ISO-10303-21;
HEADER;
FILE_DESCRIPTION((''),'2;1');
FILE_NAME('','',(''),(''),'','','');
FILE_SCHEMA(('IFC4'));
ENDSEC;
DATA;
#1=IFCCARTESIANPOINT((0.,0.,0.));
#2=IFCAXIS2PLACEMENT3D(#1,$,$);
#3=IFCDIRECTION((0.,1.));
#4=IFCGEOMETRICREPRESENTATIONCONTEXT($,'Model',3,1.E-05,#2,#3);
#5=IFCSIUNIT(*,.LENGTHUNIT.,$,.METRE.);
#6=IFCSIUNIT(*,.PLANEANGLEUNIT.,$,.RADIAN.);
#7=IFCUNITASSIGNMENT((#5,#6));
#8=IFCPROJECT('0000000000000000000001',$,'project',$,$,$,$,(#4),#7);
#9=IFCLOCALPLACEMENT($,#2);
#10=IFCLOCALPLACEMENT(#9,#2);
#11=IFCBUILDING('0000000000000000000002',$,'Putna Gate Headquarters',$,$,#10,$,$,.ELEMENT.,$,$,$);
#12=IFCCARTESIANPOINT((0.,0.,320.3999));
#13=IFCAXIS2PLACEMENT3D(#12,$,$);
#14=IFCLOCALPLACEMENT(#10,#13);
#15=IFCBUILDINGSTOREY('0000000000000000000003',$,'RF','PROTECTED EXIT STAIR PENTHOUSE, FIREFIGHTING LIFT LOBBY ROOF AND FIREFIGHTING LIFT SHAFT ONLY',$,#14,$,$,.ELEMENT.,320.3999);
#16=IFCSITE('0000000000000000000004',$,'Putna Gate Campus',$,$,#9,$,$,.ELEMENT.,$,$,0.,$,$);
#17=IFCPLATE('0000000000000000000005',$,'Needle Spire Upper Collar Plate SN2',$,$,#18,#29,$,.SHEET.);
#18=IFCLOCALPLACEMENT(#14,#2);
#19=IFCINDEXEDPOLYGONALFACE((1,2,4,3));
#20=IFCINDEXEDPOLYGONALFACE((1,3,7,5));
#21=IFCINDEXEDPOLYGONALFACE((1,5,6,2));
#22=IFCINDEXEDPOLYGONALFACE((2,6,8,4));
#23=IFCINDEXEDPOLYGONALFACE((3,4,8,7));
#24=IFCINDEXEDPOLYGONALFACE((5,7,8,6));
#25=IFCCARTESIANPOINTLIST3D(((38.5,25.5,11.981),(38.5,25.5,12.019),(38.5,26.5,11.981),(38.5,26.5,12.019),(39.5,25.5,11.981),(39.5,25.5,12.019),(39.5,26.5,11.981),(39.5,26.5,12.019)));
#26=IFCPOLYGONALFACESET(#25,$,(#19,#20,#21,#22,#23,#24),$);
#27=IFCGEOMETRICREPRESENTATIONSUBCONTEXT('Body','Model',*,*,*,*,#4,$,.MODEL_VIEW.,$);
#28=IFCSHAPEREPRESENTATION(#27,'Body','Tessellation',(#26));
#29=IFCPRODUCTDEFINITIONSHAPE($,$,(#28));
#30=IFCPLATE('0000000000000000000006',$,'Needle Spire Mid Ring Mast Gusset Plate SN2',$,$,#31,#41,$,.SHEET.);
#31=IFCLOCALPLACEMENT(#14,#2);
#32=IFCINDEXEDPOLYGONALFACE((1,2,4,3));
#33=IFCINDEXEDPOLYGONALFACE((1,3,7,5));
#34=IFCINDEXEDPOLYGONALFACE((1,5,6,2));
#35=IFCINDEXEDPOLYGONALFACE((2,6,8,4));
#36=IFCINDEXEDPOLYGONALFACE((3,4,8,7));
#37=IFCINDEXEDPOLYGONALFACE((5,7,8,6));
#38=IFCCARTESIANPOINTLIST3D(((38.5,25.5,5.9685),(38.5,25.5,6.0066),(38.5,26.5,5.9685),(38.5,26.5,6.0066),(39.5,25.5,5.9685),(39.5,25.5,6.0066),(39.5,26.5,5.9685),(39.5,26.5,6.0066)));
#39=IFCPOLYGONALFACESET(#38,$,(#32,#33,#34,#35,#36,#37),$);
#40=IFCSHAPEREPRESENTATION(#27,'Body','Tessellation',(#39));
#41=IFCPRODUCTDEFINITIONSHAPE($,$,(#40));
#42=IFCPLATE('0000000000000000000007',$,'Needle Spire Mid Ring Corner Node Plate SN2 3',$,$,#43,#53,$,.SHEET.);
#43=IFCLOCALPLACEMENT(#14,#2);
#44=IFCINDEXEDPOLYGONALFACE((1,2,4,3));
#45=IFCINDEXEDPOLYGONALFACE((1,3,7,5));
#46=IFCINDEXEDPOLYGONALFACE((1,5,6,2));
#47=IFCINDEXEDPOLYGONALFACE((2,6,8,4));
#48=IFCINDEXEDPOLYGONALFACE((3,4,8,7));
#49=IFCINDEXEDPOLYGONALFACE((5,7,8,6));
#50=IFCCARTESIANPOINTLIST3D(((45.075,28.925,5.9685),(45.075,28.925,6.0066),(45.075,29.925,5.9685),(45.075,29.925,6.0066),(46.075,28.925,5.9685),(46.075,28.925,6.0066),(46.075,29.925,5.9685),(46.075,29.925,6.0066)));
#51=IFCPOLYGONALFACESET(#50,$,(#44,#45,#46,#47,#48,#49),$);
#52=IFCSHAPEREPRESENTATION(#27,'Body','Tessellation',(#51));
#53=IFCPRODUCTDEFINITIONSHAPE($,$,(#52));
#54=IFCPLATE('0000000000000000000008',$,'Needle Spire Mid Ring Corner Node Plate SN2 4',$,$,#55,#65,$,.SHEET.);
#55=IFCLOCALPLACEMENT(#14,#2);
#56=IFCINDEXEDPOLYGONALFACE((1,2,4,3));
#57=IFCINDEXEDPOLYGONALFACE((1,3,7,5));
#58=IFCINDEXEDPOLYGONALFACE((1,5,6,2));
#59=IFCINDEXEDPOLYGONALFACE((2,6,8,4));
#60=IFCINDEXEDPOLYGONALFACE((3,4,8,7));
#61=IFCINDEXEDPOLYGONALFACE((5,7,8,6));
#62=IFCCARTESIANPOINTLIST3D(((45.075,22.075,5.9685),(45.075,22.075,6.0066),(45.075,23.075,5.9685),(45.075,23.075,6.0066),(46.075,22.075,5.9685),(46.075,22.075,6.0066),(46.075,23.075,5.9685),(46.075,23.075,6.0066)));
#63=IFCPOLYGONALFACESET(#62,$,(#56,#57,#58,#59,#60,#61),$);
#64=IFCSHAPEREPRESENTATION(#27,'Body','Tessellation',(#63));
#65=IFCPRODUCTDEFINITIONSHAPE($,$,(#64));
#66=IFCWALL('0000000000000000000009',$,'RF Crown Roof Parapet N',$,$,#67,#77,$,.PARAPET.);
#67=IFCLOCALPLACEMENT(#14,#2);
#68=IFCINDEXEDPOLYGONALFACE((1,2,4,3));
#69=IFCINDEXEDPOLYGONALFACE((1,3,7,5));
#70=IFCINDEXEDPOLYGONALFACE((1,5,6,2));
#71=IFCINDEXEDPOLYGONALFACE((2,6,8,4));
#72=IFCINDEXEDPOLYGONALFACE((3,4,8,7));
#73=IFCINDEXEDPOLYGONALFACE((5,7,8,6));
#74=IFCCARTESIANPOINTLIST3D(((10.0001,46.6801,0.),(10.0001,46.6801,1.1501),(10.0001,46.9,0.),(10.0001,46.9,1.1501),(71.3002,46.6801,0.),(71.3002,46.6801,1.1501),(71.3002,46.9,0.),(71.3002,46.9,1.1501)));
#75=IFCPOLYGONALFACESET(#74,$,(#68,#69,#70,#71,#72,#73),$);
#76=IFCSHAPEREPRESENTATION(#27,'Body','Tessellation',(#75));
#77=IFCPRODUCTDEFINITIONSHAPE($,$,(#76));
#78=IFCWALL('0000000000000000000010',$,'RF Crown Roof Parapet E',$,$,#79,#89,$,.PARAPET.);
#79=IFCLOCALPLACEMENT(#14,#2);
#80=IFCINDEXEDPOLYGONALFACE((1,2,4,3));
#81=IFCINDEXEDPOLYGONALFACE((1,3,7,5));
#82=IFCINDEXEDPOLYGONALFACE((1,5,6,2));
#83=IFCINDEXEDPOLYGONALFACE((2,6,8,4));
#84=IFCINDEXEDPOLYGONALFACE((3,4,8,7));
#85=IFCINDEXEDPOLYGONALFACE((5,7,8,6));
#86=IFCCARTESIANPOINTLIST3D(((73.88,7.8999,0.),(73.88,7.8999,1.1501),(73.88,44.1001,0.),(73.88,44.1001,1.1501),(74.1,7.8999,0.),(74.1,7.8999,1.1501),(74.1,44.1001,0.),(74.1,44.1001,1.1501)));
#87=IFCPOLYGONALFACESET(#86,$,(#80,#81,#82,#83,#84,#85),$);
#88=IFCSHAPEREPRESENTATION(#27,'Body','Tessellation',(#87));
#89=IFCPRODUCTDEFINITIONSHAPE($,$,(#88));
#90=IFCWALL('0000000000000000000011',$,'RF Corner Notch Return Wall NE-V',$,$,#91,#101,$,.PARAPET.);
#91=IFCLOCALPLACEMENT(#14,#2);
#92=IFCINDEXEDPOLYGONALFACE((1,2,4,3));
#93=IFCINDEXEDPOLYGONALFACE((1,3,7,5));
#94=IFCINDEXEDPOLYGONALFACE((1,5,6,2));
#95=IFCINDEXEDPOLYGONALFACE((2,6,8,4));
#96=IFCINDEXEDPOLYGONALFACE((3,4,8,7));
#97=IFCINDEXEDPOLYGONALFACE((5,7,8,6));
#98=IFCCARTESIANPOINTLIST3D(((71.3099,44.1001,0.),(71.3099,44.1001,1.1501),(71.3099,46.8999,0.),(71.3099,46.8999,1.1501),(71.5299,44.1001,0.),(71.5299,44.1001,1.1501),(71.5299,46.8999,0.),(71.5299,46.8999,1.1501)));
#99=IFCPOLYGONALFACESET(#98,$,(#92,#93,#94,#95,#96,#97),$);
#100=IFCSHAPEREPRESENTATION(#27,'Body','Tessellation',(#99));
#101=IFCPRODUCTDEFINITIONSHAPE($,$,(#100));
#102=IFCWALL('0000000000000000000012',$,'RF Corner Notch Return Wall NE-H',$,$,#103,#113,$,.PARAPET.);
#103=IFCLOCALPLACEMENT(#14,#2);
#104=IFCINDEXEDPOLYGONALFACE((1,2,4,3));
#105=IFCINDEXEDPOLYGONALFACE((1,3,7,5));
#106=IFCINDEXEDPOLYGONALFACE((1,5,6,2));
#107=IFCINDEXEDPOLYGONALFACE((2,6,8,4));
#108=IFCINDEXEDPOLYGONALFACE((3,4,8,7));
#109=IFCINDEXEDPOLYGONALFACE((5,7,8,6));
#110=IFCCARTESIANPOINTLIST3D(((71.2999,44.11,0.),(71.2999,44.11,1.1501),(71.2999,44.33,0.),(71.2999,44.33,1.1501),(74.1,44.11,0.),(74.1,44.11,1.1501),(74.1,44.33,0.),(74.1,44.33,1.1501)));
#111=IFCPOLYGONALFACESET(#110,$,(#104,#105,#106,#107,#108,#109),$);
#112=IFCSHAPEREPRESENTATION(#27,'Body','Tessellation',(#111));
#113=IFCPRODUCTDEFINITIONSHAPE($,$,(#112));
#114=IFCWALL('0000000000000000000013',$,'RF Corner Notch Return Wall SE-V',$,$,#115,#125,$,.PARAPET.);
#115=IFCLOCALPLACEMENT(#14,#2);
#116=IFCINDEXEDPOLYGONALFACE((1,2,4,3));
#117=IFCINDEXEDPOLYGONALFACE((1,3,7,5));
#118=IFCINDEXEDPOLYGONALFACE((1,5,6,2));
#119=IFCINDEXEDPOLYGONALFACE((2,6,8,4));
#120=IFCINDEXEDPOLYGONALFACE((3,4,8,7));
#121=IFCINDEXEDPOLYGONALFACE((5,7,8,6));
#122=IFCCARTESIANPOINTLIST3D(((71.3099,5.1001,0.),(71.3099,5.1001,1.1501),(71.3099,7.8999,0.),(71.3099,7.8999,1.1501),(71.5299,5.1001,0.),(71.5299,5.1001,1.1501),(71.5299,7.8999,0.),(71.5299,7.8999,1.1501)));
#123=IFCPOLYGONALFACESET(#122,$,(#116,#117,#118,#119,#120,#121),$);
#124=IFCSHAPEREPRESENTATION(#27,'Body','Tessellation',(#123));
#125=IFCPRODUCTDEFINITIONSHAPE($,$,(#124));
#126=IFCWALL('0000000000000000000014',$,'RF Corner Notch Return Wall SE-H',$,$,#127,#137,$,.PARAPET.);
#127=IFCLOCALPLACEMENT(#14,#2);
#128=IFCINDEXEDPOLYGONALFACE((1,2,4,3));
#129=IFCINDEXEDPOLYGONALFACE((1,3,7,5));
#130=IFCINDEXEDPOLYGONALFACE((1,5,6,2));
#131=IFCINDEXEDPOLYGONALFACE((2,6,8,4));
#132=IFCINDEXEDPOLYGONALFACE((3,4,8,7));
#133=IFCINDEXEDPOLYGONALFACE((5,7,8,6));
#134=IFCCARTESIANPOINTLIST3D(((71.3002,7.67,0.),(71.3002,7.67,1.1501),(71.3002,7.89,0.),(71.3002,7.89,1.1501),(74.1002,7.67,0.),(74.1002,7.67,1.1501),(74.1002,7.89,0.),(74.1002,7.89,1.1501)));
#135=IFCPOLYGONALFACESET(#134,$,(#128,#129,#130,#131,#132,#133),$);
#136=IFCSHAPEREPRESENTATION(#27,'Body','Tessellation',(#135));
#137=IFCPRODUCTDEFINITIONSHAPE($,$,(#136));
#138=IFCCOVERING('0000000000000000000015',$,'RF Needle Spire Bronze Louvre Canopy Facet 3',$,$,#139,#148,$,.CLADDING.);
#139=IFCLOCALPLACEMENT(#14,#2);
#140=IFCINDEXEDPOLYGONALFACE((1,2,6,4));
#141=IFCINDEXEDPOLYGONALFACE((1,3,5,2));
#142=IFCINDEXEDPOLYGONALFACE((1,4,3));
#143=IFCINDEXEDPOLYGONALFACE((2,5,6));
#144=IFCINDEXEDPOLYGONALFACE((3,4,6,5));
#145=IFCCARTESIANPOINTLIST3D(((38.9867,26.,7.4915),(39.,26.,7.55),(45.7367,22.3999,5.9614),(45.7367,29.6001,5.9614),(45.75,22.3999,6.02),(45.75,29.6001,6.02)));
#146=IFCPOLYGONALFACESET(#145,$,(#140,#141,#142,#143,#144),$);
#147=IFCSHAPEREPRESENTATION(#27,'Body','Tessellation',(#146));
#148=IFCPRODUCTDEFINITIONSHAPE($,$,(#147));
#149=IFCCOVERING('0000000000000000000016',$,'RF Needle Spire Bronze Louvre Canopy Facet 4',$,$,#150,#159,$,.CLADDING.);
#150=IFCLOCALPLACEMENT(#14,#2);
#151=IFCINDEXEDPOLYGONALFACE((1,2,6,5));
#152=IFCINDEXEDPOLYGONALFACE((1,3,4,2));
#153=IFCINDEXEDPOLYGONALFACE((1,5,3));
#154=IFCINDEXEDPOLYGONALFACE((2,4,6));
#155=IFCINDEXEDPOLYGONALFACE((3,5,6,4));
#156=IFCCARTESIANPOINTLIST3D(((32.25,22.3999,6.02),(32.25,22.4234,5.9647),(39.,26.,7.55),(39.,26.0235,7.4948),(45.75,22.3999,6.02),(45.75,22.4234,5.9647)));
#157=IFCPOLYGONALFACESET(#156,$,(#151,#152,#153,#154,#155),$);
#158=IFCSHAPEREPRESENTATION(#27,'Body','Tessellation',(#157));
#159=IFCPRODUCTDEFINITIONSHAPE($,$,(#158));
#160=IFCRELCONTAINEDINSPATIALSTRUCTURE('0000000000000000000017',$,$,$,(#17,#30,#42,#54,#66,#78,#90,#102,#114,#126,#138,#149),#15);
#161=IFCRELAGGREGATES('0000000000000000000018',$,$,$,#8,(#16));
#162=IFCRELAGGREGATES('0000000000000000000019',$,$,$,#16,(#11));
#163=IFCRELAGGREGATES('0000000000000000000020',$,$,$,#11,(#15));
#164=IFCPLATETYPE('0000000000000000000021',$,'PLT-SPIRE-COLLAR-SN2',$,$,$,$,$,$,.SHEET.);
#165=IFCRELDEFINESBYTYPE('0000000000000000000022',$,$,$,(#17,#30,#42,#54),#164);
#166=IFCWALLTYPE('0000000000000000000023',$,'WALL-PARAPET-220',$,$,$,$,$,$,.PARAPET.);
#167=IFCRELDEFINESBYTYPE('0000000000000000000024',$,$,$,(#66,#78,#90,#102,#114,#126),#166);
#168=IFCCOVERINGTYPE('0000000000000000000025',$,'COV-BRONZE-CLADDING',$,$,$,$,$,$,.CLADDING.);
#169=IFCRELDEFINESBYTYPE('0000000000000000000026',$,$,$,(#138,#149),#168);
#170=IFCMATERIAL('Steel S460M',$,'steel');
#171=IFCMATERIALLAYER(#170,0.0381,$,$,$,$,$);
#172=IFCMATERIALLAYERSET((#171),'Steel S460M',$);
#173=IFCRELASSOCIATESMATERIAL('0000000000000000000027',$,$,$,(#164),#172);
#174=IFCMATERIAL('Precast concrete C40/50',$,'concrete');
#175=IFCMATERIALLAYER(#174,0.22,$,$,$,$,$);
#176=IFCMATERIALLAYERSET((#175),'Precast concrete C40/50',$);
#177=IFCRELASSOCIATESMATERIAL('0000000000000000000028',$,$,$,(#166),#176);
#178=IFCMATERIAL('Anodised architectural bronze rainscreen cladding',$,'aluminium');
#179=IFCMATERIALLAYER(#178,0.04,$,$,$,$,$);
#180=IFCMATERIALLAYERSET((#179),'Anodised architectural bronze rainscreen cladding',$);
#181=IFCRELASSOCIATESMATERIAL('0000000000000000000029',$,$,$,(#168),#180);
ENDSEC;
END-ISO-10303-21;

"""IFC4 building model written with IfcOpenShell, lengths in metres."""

from ifc_helpers import new_model, si_unit, direction, frame, frame_2d, origin, origin_2d, place, context, subcontext, project, spatial, polyline, rectangle, outline, extrude, material, layer, layer_set, type_object, element, save


model = new_model("IFC4")

# Units and contexts
model_context = context("Model", 3, precision=1e-05, world=origin(), true_north=direction((0.0, 1.0)))
body_context = subcontext(model_context, "Body", "Model", "MODEL_VIEW")
ifc_project = project(units=[si_unit("LENGTHUNIT", "METRE"), si_unit("PLANEANGLEUNIT", "RADIAN")], contexts=[model_context])

# Site, building, storey
site_placement = place(None, origin())
site = spatial("IfcSite", under=ifc_project, at=site_placement, Name="Putna Gate Campus", CompositionType="ELEMENT", RefElevation=0.0)
building_placement = place(site_placement, origin())
building = spatial("IfcBuilding", under=site, at=building_placement, Name="Putna Gate Headquarters", CompositionType="ELEMENT")
storey_placement = place(building_placement, frame((0.0, 0.0, 320.3999)))
storey = spatial("IfcBuildingStorey", under=building, at=storey_placement, Name="RF", Description="PROTECTED EXIT STAIR PENTHOUSE, FIREFIGHTING LIFT LOBBY ROOF AND FIREFIGHTING LIFT SHAFT ONLY", CompositionType="ELEMENT", Elevation=320.3999)

# Shared definitions
ifc_material_1 = material(Name="Steel S460M", Category="steel")

# Plates
ifc_layer_1 = layer(ifc_material_1, 0.0381)
ifc_layer_set_1 = layer_set([ifc_layer_1], Name="Steel S460M")
plate_type_1 = type_object("IfcPlateType", Name="PLT-SPIRE-COLLAR-SN2", PredefinedType="SHEET", material=ifc_layer_set_1)
for number, where, z_axis, x_axis, name in (
    (1, (39.0, 26.0, 11.981), (0.0, 0.0, 1.0), (1.0, 0.0, 0.0), "Needle Spire Upper Collar Plate SN2"),
    (2, (39.0, 26.0, 5.9685), (0.0, 0.0, 1.0), (1.0, 0.0, 0.0), "Needle Spire Mid Ring Mast Gusset Plate SN2"),
    (3, (45.575, 29.425, 5.9685), (0.0, 0.0, 1.0), (1.0, 0.0, 0.0), "Needle Spire Mid Ring Corner Node Plate SN2 3"),
    (4, (45.575, 22.575, 5.9685), (0.0, 0.0, 1.0), (1.0, 0.0, 0.0), "Needle Spire Mid Ring Corner Node Plate SN2 4"),
):
    element("IfcPlate", number, at=place(storey_placement, frame(where, z_axis=z_axis, x_axis=x_axis)), inside=storey, type_object=plate_type_1, Name=name, PredefinedType="SHEET", context=body_context, shape_type="SweptSolid", body=[
        extrude(rectangle(XDim=1.0, YDim=1.0, at=origin_2d()), origin(), (0.0, 0.0, 1.0), 0.0381),
    ])

# Walls
ifc_material_2 = material(Name="Precast concrete C40/50", Category="concrete")
ifc_layer_2 = layer(ifc_material_2, 0.22)
ifc_layer_set_2 = layer_set([ifc_layer_2], Name="Precast concrete C40/50")
wall_type = type_object("IfcWallType", Name="WALL-PARAPET-220", PredefinedType="PARAPET", material=ifc_layer_set_2)
wall_1_placement = place(storey_placement, frame((71.3, 46.79, 0.0), z_axis=(0.0, 0.0, 1.0), x_axis=(-1.0, 0.0, 0.0)))
element("IfcWall", 5, at=wall_1_placement, inside=storey, type_object=wall_type, Name="RF Crown Roof Parapet N", PredefinedType="PARAPET", context=body_context, shape_type="SweptSolid", body=[
    extrude(rectangle(XDim=61.3, YDim=0.22, at=frame_2d((30.6499, 0.0))), origin(), (0.0, 0.0, 1.0), 1.1501),
])
wall_2_placement = place(storey_placement, frame((73.99, 44.1001, 0.0), z_axis=(0.0, 0.0, 1.0), x_axis=(0.0, -1.0, 0.0)))
element("IfcWall", 6, at=wall_2_placement, inside=storey, type_object=wall_type, Name="RF Crown Roof Parapet E", PredefinedType="PARAPET", context=body_context, shape_type="SweptSolid", body=[
    extrude(rectangle(XDim=36.2002, YDim=0.22, at=frame_2d((18.1001, 0.0))), origin(), (0.0, 0.0, 1.0), 1.1501),
])
wall_3_placement = place(storey_placement, frame((71.4199, 46.8999, 0.0), z_axis=(0.0, 0.0, 1.0), x_axis=(0.0, -1.0, 0.0)))
element("IfcWall", 7, at=wall_3_placement, inside=storey, type_object=wall_type, Name="RF Corner Notch Return Wall NE-V", PredefinedType="PARAPET", context=body_context, shape_type="SweptSolid", body=[
    extrude(rectangle(XDim=2.7998, YDim=0.22, at=frame_2d((1.3999, 0.0))), origin(), (0.0, 0.0, 1.0), 1.1501),
])
wall_4_placement = place(storey_placement, frame((71.3, 44.22, 0.0), z_axis=(0.0, 0.0, 1.0), x_axis=(1.0, 0.0, 0.0)))
element("IfcWall", 8, at=wall_4_placement, inside=storey, type_object=wall_type, Name="RF Corner Notch Return Wall NE-H", PredefinedType="PARAPET", context=body_context, shape_type="SweptSolid", body=[
    extrude(rectangle(XDim=2.8, YDim=0.22, at=frame_2d((1.3999, 0.0))), origin(), (0.0, 0.0, 1.0), 1.1501),
])
wall_5_placement = place(storey_placement, frame((71.4199, 7.8999, 0.0), z_axis=(0.0, 0.0, 1.0), x_axis=(0.0, -1.0, 0.0)))
element("IfcWall", 9, at=wall_5_placement, inside=storey, type_object=wall_type, Name="RF Corner Notch Return Wall SE-V", PredefinedType="PARAPET", context=body_context, shape_type="SweptSolid", body=[
    extrude(rectangle(XDim=2.7998, YDim=0.22, at=frame_2d((1.3999, 0.0))), origin(), (0.0, 0.0, 1.0), 1.1501),
])
wall_6_placement = place(storey_placement, frame((74.1001, 7.78, 0.0), z_axis=(0.0, 0.0, 1.0), x_axis=(-1.0, 0.0, 0.0)))
element("IfcWall", 10, at=wall_6_placement, inside=storey, type_object=wall_type, Name="RF Corner Notch Return Wall SE-H", PredefinedType="PARAPET", context=body_context, shape_type="SweptSolid", body=[
    extrude(rectangle(XDim=2.8, YDim=0.22, at=frame_2d((1.3999, 0.0))), origin(), (0.0, 0.0, 1.0), 1.1501),
])

# Coverings
ifc_material_3 = material(Name="Anodised architectural bronze rainscreen cladding", Category="aluminium")
ifc_layer_3 = layer(ifc_material_3, 0.04)
ifc_layer_set_3 = layer_set([ifc_layer_3], Name="Anodised architectural bronze rainscreen cladding")
covering_type = type_object("IfcCoveringType", Name="COV-BRONZE-CLADDING", PredefinedType="CLADDING", material=ifc_layer_set_3)
covering_1_placement = place(storey_placement, frame((45.75, 29.6001, 6.02), z_axis=(0.221063, 0.0, 0.97526), x_axis=(-0.865213, -0.461459, 0.196119)))
element("IfcCovering", 11, at=covering_1_placement, inside=storey, type_object=covering_type, Name="RF Needle Spire Bronze Louvre Canopy Facet 3", PredefinedType="CLADDING", context=body_context, shape_type="SweptSolid", body=[
    extrude(outline(polyline([(0.0, 0.0), (7.8016, 0.0), (3.3226, 6.3877), (0.0, 0.0)])), origin(), (0.0, 0.0, -1.0), 0.0601),
])
covering_2_placement = place(storey_placement, frame((45.75, 22.3999, 6.02), z_axis=(0.0, -0.391138, 0.920332), x_axis=(-0.865213, 0.461459, 0.196119)))
element("IfcCovering", 12, at=covering_2_placement, inside=storey, type_object=covering_type, Name="RF Needle Spire Bronze Louvre Canopy Facet 4", PredefinedType="CLADDING", context=body_context, shape_type="SweptSolid", body=[
    extrude(outline(polyline([(0.0, 0.0), (7.8016, 0.0), (11.6804, 6.769), (0.0, 0.0)])), origin(), (0.0, 0.0, -1.0), 0.0601),
])

save(model, "model.ifc")
